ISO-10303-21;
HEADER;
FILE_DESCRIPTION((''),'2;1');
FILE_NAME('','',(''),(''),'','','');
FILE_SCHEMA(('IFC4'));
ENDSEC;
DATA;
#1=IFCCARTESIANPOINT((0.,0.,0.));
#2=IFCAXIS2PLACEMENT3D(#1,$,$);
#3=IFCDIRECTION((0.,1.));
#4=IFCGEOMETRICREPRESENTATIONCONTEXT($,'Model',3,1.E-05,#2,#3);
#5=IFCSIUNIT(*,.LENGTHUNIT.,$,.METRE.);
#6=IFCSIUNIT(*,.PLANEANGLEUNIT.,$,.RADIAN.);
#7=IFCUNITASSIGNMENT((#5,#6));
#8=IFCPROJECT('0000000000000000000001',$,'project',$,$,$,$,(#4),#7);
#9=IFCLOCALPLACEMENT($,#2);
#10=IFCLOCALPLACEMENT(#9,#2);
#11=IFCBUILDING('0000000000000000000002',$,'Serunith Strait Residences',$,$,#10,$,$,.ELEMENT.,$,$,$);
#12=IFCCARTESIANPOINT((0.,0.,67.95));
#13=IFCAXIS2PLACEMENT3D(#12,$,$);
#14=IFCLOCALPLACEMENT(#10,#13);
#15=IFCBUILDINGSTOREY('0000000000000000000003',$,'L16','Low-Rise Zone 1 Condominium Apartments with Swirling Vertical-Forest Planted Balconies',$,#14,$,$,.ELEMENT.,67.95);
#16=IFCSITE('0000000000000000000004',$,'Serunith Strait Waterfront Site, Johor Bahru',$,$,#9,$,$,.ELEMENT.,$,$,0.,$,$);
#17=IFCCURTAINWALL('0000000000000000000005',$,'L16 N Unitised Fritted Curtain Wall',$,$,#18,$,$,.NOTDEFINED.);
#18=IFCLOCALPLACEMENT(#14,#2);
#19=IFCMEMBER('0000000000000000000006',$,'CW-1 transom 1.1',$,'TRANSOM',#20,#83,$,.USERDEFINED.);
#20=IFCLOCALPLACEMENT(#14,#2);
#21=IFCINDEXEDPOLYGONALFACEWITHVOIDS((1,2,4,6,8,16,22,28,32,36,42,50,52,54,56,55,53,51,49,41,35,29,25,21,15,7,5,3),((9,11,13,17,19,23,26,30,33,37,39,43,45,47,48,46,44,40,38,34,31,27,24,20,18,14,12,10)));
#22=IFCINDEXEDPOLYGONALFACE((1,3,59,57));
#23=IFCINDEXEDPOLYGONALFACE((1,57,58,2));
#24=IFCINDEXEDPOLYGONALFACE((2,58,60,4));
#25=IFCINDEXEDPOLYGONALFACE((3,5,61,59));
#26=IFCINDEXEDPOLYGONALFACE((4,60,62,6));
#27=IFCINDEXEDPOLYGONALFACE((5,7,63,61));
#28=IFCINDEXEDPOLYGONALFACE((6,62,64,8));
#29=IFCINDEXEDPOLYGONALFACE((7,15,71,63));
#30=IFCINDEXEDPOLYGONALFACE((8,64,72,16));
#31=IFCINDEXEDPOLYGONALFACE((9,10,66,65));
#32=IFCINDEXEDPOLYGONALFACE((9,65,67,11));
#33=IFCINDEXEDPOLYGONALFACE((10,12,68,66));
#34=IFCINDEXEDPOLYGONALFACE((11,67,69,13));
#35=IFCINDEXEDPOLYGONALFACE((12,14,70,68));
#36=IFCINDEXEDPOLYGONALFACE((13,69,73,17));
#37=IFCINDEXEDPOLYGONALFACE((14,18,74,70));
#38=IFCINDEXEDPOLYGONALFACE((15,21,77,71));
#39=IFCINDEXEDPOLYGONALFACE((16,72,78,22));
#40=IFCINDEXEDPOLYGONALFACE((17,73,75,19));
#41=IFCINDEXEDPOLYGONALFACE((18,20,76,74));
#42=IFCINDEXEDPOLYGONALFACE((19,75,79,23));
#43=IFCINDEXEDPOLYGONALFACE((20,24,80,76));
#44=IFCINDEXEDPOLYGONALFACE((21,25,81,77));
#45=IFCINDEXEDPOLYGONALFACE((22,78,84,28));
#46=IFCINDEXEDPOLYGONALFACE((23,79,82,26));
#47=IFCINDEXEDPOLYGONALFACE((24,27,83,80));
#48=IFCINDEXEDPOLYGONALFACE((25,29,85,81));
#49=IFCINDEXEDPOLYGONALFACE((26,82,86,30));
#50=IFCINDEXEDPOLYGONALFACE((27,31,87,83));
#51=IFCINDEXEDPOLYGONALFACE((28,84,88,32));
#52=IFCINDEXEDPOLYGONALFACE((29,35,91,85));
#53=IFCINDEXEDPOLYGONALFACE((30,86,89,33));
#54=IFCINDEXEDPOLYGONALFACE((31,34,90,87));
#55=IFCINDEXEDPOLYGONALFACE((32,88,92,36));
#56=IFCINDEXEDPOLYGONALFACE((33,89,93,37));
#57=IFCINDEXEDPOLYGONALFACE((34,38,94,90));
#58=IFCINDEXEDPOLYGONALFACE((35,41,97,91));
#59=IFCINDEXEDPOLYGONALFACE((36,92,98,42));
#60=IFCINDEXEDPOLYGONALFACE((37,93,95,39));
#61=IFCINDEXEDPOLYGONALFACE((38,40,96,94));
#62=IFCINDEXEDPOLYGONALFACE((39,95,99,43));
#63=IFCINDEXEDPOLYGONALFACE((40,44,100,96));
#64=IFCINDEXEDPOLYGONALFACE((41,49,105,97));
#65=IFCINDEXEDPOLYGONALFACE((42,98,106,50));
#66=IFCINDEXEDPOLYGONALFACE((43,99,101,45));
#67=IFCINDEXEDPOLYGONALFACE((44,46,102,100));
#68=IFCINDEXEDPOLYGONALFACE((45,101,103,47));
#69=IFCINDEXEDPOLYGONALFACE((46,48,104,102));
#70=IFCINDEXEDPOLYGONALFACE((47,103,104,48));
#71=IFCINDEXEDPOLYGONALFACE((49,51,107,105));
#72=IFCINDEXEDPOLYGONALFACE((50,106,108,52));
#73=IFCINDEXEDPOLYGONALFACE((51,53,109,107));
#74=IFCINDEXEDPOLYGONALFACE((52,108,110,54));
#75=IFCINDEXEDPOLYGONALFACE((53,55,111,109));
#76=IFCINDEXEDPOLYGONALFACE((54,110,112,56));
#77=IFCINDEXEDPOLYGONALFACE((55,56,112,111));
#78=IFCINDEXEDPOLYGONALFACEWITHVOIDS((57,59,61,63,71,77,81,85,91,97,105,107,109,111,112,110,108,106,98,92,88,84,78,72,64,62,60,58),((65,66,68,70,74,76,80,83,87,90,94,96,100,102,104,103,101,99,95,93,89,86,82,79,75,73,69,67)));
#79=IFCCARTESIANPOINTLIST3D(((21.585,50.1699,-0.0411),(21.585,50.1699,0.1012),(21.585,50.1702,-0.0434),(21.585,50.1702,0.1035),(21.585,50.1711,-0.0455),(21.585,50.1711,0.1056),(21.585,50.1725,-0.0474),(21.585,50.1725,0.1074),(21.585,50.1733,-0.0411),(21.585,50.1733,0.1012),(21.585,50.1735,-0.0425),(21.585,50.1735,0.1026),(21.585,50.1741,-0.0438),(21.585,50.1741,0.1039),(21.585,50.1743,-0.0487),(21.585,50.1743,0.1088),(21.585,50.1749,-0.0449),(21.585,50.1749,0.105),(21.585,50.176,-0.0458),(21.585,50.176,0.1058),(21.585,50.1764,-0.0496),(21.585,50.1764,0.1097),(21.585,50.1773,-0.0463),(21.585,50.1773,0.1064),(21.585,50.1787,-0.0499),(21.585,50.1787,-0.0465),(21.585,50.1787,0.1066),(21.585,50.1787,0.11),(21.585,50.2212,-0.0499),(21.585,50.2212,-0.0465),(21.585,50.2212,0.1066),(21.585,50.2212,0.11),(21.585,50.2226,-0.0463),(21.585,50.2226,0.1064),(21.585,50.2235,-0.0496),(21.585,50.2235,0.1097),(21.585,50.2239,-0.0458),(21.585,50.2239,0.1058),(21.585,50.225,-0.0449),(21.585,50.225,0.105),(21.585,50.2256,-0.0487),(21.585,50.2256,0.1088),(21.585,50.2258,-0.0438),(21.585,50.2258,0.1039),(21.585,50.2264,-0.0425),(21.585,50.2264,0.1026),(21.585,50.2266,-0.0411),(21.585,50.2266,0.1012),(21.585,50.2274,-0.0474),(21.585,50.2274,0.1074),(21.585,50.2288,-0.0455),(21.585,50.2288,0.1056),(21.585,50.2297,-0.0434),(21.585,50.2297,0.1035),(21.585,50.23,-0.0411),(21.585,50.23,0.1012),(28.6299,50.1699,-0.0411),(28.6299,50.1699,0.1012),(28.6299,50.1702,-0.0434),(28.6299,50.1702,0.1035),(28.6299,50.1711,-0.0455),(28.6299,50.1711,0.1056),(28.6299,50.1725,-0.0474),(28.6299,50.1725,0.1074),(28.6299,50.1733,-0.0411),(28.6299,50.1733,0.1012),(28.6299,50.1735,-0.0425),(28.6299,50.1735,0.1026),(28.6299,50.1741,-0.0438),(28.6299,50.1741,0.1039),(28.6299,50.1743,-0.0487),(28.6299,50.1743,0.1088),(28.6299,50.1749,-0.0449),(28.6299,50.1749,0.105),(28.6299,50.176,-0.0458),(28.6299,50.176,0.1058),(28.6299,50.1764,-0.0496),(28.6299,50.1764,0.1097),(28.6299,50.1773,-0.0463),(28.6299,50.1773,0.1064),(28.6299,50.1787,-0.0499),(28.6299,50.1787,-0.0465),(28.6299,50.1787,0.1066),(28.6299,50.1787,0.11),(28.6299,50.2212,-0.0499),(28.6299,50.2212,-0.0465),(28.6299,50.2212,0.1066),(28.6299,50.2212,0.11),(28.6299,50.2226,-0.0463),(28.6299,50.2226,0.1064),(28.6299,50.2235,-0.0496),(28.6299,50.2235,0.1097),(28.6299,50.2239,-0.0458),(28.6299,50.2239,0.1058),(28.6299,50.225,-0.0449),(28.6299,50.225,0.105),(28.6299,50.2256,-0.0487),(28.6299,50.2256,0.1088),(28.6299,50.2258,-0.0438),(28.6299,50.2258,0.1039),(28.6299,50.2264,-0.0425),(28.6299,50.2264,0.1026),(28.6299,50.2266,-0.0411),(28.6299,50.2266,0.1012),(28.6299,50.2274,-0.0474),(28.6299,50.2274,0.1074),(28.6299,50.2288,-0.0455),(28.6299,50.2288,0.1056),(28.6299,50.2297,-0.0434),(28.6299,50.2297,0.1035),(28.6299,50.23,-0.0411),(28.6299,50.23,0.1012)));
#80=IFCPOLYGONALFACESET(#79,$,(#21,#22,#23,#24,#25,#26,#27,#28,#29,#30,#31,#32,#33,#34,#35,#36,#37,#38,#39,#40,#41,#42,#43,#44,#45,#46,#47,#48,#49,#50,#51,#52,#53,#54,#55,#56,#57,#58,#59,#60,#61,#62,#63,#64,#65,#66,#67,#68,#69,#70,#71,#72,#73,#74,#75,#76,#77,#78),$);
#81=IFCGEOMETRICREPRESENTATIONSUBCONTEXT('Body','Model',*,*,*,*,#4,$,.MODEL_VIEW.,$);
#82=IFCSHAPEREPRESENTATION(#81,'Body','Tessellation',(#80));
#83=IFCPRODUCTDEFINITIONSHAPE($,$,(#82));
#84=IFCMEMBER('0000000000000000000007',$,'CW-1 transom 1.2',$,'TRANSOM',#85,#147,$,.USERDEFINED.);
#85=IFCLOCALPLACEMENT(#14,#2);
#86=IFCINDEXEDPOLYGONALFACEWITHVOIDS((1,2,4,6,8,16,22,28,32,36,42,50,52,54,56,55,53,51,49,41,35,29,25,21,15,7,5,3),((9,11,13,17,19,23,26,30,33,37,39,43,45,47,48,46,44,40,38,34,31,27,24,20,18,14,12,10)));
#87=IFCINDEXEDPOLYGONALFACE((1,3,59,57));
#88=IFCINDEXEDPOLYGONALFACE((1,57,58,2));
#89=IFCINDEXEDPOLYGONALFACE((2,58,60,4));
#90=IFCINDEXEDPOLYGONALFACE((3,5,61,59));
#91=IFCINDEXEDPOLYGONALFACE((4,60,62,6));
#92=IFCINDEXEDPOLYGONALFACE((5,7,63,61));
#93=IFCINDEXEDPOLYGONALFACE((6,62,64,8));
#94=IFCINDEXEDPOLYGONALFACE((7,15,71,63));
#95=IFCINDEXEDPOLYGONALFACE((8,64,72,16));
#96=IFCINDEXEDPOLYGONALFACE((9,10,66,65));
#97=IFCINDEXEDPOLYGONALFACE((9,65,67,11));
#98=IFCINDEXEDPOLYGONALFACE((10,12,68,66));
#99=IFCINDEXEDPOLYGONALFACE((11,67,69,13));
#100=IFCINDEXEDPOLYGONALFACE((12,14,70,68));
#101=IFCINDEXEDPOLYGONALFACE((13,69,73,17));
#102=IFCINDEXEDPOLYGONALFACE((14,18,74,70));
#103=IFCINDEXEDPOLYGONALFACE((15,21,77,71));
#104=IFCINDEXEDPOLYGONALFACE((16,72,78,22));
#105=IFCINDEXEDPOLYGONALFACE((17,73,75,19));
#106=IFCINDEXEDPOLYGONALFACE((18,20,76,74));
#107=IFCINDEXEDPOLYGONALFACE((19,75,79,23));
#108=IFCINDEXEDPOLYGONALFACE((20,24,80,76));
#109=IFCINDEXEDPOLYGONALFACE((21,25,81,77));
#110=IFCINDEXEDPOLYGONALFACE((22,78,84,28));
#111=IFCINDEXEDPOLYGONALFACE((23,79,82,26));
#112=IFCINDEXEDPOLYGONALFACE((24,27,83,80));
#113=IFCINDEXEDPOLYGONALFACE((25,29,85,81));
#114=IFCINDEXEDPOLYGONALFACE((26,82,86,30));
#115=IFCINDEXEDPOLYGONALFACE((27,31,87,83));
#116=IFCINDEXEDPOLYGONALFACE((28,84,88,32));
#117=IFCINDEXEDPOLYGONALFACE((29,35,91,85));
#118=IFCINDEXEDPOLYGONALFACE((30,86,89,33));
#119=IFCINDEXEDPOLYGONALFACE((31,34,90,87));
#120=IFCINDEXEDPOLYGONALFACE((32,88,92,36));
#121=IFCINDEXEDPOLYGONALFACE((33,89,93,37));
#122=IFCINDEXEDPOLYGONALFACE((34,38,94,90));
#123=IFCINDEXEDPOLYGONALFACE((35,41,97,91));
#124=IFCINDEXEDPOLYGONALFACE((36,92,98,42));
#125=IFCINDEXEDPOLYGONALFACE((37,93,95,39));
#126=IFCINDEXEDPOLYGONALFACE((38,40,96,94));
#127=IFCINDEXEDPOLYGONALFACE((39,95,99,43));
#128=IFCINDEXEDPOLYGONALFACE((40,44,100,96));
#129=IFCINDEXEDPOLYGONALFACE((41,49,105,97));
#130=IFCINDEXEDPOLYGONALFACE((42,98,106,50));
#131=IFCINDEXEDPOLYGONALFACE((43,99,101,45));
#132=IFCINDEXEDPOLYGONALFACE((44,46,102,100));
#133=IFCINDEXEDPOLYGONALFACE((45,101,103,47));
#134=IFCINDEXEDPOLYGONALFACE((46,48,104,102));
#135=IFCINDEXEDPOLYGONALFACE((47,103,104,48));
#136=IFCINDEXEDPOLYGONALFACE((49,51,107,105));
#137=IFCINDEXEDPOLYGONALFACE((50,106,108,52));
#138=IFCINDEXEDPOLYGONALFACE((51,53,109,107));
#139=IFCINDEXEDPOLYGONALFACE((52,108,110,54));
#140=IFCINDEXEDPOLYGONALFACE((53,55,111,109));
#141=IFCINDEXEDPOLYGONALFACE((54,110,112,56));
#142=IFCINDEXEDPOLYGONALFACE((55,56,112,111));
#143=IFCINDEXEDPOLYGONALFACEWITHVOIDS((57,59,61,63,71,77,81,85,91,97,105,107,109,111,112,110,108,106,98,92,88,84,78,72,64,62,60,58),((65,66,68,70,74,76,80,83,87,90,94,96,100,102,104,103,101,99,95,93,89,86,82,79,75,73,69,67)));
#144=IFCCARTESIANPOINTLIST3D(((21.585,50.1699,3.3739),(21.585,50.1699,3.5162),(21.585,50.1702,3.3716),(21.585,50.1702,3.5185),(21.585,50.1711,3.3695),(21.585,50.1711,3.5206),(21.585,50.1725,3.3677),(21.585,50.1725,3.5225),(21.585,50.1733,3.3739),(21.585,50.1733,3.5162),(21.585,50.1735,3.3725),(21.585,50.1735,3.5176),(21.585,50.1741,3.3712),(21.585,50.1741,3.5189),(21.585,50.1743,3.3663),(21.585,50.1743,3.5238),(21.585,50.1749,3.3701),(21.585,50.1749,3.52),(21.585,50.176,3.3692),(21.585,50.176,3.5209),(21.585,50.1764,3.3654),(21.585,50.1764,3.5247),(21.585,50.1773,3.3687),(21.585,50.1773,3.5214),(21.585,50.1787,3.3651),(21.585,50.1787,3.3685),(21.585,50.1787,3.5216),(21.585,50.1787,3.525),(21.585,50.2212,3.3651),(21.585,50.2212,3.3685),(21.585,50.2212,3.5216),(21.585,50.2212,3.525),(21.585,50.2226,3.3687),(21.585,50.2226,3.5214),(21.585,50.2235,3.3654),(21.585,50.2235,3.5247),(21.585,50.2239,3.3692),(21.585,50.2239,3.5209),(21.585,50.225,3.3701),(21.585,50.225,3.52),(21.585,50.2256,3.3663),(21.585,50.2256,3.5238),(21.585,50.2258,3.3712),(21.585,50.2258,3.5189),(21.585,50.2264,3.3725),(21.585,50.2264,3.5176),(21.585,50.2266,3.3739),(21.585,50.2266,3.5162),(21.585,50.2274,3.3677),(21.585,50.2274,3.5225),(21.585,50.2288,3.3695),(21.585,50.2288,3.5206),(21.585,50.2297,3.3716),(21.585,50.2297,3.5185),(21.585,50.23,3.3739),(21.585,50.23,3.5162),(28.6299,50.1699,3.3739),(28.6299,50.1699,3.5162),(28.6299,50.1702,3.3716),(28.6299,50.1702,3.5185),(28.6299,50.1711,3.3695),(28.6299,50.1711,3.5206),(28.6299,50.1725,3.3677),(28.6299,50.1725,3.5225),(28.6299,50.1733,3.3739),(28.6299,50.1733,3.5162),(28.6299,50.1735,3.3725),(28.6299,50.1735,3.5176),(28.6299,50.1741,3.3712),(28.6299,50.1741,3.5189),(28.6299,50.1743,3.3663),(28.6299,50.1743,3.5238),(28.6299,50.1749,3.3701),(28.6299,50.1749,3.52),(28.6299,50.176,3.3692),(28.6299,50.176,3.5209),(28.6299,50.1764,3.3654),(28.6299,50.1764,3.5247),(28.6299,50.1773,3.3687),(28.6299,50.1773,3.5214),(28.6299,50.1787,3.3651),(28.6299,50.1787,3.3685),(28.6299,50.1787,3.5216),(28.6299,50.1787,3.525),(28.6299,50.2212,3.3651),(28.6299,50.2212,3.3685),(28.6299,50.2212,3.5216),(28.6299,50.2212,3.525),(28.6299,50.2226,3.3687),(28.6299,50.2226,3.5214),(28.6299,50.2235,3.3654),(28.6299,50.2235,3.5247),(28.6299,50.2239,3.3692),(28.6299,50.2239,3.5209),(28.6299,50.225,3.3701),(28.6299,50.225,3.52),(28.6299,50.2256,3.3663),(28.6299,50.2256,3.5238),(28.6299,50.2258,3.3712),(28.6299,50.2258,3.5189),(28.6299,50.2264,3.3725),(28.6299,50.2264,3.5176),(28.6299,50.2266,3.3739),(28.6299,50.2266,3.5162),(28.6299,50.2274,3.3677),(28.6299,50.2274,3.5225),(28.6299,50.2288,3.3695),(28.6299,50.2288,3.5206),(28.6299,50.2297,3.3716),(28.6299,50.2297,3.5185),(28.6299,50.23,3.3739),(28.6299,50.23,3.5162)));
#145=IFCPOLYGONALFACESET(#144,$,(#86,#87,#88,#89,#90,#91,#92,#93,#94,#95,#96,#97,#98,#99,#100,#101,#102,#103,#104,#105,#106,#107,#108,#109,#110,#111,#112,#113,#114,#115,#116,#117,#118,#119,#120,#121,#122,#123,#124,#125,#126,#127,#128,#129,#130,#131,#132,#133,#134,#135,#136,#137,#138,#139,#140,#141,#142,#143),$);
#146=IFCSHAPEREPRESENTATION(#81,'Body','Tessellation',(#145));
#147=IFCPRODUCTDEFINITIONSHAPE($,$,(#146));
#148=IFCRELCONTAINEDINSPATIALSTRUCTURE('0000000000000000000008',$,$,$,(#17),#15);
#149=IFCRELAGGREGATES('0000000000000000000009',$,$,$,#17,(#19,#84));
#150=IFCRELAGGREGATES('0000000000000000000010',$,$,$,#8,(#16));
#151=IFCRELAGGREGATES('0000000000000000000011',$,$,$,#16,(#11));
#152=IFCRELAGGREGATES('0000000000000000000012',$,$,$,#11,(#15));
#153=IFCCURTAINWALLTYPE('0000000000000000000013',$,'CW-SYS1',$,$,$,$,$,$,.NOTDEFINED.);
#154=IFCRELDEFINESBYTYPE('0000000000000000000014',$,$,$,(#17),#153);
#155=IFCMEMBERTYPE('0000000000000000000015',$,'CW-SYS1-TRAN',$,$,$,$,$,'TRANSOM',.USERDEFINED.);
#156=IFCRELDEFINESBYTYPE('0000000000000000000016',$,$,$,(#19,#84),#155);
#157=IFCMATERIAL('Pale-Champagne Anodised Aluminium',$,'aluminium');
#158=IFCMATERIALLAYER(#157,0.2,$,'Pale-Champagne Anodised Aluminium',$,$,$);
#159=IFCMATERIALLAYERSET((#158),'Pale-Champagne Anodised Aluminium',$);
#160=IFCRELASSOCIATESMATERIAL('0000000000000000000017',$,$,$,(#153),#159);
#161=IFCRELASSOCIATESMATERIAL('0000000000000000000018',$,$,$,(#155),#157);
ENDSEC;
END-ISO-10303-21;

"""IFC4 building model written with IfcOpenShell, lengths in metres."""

from ifc_helpers import new_model, si_unit, direction, frame, origin, origin_2d, place, context, subcontext, project, spatial, hollow_rectangle, extrude, source, transform, mapped, material, layer, layer_set, material_profile, profile_set, type_object, element, aggregate, save


model = new_model("IFC4")

# Units and contexts
model_context = context("Model", 3, precision=1e-05, world=origin(), true_north=direction((0.0, 1.0)))
body_context = subcontext(model_context, "Body", "Model", "MODEL_VIEW")
ifc_project = project(units=[si_unit("LENGTHUNIT", "METRE"), si_unit("PLANEANGLEUNIT", "RADIAN")], contexts=[model_context])

# Site, building, storey
site_placement = place(None, origin())
site = spatial("IfcSite", under=ifc_project, at=site_placement, Name="Serunith Strait Waterfront Site, Johor Bahru", CompositionType="ELEMENT", RefElevation=0.0)
building_placement = place(site_placement, origin())
building = spatial("IfcBuilding", under=site, at=building_placement, Name="Serunith Strait Residences", CompositionType="ELEMENT")
storey_placement = place(building_placement, frame((0.0, 0.0, 67.95)))
storey = spatial("IfcBuildingStorey", under=building, at=storey_placement, Name="L16", Description="Low-Rise Zone 1 Condominium Apartments with Swirling Vertical-Forest Planted Balconies", CompositionType="ELEMENT", Elevation=67.95)

# Curtain wall, members
ifc_material_1 = material(Name="Pale-Champagne Anodised Aluminium", Category="aluminium")
ifc_layer_1 = layer(ifc_material_1, 0.2, Name="Pale-Champagne Anodised Aluminium")
ifc_layer_set_1 = layer_set([ifc_layer_1], Name="Pale-Champagne Anodised Aluminium")
curtain_wall_type = type_object("IfcCurtainWallType", Name="CW-SYS1", PredefinedType="NOTDEFINED", material=ifc_layer_set_1)
curtain_wall_placement = place(storey_placement, origin())
curtain_wall = element("IfcCurtainWall", 1, at=curtain_wall_placement, inside=storey, type_object=curtain_wall_type, Name="L16 N Unitised Fritted Curtain Wall", PredefinedType="NOTDEFINED")
ifc_material_profile_1 = material_profile(ifc_material_1, hollow_rectangle(XDim=0.0601, YDim=0.1599, WallThickness=0.0034, InnerFilletRadius=0.0054, OuterFilletRadius=0.0088, at=origin_2d()), Name="ALU 160x60x3.5")
ifc_profile_set_1 = profile_set([ifc_material_profile_1], Name="Pale-Champagne Anodised Aluminium")
member_type_1 = type_object("IfcMemberType", Name="CW-SYS1-TRAN", ElementType="TRANSOM", PredefinedType="USERDEFINED", material=ifc_profile_set_1)
shared_shape_1 = source(origin(), body_context, "Body", "SweptSolid", [
    extrude(hollow_rectangle(XDim=0.0601, YDim=0.1599, WallThickness=0.0034, InnerFilletRadius=0.0054, OuterFilletRadius=0.0088, at=origin_2d()), origin(), (0.0, 0.0, 1.0), 7.0449),
])
member_1_placement = place(storey_placement, frame((28.6299, 50.2, 0.03), z_axis=(-1.0, 0.0, 0.0), x_axis=(0.0, -1.0, 0.0)))
member_1 = element("IfcMember", 2, at=member_1_placement, type_object=member_type_1, Name="CW-1 transom 1.1", ObjectType="TRANSOM", PredefinedType="USERDEFINED", context=body_context, shape_type="MappedRepresentation", body=[
    mapped(shared_shape_1, transform((0.0, 0.0, 0.0), scale=1.0)),
])
member_2_placement = place(storey_placement, frame((28.6299, 50.2, 3.4451), z_axis=(-1.0, 0.0, 0.0), x_axis=(0.0, -1.0, 0.0)))
member_2 = element("IfcMember", 3, at=member_2_placement, type_object=member_type_1, Name="CW-1 transom 1.2", ObjectType="TRANSOM", PredefinedType="USERDEFINED", context=body_context, shape_type="MappedRepresentation", body=[
    mapped(shared_shape_1, transform((0.0, 0.0, 0.0), scale=1.0)),
])
aggregate(curtain_wall, [member_1, member_2])

save(model, "model.ifc")
